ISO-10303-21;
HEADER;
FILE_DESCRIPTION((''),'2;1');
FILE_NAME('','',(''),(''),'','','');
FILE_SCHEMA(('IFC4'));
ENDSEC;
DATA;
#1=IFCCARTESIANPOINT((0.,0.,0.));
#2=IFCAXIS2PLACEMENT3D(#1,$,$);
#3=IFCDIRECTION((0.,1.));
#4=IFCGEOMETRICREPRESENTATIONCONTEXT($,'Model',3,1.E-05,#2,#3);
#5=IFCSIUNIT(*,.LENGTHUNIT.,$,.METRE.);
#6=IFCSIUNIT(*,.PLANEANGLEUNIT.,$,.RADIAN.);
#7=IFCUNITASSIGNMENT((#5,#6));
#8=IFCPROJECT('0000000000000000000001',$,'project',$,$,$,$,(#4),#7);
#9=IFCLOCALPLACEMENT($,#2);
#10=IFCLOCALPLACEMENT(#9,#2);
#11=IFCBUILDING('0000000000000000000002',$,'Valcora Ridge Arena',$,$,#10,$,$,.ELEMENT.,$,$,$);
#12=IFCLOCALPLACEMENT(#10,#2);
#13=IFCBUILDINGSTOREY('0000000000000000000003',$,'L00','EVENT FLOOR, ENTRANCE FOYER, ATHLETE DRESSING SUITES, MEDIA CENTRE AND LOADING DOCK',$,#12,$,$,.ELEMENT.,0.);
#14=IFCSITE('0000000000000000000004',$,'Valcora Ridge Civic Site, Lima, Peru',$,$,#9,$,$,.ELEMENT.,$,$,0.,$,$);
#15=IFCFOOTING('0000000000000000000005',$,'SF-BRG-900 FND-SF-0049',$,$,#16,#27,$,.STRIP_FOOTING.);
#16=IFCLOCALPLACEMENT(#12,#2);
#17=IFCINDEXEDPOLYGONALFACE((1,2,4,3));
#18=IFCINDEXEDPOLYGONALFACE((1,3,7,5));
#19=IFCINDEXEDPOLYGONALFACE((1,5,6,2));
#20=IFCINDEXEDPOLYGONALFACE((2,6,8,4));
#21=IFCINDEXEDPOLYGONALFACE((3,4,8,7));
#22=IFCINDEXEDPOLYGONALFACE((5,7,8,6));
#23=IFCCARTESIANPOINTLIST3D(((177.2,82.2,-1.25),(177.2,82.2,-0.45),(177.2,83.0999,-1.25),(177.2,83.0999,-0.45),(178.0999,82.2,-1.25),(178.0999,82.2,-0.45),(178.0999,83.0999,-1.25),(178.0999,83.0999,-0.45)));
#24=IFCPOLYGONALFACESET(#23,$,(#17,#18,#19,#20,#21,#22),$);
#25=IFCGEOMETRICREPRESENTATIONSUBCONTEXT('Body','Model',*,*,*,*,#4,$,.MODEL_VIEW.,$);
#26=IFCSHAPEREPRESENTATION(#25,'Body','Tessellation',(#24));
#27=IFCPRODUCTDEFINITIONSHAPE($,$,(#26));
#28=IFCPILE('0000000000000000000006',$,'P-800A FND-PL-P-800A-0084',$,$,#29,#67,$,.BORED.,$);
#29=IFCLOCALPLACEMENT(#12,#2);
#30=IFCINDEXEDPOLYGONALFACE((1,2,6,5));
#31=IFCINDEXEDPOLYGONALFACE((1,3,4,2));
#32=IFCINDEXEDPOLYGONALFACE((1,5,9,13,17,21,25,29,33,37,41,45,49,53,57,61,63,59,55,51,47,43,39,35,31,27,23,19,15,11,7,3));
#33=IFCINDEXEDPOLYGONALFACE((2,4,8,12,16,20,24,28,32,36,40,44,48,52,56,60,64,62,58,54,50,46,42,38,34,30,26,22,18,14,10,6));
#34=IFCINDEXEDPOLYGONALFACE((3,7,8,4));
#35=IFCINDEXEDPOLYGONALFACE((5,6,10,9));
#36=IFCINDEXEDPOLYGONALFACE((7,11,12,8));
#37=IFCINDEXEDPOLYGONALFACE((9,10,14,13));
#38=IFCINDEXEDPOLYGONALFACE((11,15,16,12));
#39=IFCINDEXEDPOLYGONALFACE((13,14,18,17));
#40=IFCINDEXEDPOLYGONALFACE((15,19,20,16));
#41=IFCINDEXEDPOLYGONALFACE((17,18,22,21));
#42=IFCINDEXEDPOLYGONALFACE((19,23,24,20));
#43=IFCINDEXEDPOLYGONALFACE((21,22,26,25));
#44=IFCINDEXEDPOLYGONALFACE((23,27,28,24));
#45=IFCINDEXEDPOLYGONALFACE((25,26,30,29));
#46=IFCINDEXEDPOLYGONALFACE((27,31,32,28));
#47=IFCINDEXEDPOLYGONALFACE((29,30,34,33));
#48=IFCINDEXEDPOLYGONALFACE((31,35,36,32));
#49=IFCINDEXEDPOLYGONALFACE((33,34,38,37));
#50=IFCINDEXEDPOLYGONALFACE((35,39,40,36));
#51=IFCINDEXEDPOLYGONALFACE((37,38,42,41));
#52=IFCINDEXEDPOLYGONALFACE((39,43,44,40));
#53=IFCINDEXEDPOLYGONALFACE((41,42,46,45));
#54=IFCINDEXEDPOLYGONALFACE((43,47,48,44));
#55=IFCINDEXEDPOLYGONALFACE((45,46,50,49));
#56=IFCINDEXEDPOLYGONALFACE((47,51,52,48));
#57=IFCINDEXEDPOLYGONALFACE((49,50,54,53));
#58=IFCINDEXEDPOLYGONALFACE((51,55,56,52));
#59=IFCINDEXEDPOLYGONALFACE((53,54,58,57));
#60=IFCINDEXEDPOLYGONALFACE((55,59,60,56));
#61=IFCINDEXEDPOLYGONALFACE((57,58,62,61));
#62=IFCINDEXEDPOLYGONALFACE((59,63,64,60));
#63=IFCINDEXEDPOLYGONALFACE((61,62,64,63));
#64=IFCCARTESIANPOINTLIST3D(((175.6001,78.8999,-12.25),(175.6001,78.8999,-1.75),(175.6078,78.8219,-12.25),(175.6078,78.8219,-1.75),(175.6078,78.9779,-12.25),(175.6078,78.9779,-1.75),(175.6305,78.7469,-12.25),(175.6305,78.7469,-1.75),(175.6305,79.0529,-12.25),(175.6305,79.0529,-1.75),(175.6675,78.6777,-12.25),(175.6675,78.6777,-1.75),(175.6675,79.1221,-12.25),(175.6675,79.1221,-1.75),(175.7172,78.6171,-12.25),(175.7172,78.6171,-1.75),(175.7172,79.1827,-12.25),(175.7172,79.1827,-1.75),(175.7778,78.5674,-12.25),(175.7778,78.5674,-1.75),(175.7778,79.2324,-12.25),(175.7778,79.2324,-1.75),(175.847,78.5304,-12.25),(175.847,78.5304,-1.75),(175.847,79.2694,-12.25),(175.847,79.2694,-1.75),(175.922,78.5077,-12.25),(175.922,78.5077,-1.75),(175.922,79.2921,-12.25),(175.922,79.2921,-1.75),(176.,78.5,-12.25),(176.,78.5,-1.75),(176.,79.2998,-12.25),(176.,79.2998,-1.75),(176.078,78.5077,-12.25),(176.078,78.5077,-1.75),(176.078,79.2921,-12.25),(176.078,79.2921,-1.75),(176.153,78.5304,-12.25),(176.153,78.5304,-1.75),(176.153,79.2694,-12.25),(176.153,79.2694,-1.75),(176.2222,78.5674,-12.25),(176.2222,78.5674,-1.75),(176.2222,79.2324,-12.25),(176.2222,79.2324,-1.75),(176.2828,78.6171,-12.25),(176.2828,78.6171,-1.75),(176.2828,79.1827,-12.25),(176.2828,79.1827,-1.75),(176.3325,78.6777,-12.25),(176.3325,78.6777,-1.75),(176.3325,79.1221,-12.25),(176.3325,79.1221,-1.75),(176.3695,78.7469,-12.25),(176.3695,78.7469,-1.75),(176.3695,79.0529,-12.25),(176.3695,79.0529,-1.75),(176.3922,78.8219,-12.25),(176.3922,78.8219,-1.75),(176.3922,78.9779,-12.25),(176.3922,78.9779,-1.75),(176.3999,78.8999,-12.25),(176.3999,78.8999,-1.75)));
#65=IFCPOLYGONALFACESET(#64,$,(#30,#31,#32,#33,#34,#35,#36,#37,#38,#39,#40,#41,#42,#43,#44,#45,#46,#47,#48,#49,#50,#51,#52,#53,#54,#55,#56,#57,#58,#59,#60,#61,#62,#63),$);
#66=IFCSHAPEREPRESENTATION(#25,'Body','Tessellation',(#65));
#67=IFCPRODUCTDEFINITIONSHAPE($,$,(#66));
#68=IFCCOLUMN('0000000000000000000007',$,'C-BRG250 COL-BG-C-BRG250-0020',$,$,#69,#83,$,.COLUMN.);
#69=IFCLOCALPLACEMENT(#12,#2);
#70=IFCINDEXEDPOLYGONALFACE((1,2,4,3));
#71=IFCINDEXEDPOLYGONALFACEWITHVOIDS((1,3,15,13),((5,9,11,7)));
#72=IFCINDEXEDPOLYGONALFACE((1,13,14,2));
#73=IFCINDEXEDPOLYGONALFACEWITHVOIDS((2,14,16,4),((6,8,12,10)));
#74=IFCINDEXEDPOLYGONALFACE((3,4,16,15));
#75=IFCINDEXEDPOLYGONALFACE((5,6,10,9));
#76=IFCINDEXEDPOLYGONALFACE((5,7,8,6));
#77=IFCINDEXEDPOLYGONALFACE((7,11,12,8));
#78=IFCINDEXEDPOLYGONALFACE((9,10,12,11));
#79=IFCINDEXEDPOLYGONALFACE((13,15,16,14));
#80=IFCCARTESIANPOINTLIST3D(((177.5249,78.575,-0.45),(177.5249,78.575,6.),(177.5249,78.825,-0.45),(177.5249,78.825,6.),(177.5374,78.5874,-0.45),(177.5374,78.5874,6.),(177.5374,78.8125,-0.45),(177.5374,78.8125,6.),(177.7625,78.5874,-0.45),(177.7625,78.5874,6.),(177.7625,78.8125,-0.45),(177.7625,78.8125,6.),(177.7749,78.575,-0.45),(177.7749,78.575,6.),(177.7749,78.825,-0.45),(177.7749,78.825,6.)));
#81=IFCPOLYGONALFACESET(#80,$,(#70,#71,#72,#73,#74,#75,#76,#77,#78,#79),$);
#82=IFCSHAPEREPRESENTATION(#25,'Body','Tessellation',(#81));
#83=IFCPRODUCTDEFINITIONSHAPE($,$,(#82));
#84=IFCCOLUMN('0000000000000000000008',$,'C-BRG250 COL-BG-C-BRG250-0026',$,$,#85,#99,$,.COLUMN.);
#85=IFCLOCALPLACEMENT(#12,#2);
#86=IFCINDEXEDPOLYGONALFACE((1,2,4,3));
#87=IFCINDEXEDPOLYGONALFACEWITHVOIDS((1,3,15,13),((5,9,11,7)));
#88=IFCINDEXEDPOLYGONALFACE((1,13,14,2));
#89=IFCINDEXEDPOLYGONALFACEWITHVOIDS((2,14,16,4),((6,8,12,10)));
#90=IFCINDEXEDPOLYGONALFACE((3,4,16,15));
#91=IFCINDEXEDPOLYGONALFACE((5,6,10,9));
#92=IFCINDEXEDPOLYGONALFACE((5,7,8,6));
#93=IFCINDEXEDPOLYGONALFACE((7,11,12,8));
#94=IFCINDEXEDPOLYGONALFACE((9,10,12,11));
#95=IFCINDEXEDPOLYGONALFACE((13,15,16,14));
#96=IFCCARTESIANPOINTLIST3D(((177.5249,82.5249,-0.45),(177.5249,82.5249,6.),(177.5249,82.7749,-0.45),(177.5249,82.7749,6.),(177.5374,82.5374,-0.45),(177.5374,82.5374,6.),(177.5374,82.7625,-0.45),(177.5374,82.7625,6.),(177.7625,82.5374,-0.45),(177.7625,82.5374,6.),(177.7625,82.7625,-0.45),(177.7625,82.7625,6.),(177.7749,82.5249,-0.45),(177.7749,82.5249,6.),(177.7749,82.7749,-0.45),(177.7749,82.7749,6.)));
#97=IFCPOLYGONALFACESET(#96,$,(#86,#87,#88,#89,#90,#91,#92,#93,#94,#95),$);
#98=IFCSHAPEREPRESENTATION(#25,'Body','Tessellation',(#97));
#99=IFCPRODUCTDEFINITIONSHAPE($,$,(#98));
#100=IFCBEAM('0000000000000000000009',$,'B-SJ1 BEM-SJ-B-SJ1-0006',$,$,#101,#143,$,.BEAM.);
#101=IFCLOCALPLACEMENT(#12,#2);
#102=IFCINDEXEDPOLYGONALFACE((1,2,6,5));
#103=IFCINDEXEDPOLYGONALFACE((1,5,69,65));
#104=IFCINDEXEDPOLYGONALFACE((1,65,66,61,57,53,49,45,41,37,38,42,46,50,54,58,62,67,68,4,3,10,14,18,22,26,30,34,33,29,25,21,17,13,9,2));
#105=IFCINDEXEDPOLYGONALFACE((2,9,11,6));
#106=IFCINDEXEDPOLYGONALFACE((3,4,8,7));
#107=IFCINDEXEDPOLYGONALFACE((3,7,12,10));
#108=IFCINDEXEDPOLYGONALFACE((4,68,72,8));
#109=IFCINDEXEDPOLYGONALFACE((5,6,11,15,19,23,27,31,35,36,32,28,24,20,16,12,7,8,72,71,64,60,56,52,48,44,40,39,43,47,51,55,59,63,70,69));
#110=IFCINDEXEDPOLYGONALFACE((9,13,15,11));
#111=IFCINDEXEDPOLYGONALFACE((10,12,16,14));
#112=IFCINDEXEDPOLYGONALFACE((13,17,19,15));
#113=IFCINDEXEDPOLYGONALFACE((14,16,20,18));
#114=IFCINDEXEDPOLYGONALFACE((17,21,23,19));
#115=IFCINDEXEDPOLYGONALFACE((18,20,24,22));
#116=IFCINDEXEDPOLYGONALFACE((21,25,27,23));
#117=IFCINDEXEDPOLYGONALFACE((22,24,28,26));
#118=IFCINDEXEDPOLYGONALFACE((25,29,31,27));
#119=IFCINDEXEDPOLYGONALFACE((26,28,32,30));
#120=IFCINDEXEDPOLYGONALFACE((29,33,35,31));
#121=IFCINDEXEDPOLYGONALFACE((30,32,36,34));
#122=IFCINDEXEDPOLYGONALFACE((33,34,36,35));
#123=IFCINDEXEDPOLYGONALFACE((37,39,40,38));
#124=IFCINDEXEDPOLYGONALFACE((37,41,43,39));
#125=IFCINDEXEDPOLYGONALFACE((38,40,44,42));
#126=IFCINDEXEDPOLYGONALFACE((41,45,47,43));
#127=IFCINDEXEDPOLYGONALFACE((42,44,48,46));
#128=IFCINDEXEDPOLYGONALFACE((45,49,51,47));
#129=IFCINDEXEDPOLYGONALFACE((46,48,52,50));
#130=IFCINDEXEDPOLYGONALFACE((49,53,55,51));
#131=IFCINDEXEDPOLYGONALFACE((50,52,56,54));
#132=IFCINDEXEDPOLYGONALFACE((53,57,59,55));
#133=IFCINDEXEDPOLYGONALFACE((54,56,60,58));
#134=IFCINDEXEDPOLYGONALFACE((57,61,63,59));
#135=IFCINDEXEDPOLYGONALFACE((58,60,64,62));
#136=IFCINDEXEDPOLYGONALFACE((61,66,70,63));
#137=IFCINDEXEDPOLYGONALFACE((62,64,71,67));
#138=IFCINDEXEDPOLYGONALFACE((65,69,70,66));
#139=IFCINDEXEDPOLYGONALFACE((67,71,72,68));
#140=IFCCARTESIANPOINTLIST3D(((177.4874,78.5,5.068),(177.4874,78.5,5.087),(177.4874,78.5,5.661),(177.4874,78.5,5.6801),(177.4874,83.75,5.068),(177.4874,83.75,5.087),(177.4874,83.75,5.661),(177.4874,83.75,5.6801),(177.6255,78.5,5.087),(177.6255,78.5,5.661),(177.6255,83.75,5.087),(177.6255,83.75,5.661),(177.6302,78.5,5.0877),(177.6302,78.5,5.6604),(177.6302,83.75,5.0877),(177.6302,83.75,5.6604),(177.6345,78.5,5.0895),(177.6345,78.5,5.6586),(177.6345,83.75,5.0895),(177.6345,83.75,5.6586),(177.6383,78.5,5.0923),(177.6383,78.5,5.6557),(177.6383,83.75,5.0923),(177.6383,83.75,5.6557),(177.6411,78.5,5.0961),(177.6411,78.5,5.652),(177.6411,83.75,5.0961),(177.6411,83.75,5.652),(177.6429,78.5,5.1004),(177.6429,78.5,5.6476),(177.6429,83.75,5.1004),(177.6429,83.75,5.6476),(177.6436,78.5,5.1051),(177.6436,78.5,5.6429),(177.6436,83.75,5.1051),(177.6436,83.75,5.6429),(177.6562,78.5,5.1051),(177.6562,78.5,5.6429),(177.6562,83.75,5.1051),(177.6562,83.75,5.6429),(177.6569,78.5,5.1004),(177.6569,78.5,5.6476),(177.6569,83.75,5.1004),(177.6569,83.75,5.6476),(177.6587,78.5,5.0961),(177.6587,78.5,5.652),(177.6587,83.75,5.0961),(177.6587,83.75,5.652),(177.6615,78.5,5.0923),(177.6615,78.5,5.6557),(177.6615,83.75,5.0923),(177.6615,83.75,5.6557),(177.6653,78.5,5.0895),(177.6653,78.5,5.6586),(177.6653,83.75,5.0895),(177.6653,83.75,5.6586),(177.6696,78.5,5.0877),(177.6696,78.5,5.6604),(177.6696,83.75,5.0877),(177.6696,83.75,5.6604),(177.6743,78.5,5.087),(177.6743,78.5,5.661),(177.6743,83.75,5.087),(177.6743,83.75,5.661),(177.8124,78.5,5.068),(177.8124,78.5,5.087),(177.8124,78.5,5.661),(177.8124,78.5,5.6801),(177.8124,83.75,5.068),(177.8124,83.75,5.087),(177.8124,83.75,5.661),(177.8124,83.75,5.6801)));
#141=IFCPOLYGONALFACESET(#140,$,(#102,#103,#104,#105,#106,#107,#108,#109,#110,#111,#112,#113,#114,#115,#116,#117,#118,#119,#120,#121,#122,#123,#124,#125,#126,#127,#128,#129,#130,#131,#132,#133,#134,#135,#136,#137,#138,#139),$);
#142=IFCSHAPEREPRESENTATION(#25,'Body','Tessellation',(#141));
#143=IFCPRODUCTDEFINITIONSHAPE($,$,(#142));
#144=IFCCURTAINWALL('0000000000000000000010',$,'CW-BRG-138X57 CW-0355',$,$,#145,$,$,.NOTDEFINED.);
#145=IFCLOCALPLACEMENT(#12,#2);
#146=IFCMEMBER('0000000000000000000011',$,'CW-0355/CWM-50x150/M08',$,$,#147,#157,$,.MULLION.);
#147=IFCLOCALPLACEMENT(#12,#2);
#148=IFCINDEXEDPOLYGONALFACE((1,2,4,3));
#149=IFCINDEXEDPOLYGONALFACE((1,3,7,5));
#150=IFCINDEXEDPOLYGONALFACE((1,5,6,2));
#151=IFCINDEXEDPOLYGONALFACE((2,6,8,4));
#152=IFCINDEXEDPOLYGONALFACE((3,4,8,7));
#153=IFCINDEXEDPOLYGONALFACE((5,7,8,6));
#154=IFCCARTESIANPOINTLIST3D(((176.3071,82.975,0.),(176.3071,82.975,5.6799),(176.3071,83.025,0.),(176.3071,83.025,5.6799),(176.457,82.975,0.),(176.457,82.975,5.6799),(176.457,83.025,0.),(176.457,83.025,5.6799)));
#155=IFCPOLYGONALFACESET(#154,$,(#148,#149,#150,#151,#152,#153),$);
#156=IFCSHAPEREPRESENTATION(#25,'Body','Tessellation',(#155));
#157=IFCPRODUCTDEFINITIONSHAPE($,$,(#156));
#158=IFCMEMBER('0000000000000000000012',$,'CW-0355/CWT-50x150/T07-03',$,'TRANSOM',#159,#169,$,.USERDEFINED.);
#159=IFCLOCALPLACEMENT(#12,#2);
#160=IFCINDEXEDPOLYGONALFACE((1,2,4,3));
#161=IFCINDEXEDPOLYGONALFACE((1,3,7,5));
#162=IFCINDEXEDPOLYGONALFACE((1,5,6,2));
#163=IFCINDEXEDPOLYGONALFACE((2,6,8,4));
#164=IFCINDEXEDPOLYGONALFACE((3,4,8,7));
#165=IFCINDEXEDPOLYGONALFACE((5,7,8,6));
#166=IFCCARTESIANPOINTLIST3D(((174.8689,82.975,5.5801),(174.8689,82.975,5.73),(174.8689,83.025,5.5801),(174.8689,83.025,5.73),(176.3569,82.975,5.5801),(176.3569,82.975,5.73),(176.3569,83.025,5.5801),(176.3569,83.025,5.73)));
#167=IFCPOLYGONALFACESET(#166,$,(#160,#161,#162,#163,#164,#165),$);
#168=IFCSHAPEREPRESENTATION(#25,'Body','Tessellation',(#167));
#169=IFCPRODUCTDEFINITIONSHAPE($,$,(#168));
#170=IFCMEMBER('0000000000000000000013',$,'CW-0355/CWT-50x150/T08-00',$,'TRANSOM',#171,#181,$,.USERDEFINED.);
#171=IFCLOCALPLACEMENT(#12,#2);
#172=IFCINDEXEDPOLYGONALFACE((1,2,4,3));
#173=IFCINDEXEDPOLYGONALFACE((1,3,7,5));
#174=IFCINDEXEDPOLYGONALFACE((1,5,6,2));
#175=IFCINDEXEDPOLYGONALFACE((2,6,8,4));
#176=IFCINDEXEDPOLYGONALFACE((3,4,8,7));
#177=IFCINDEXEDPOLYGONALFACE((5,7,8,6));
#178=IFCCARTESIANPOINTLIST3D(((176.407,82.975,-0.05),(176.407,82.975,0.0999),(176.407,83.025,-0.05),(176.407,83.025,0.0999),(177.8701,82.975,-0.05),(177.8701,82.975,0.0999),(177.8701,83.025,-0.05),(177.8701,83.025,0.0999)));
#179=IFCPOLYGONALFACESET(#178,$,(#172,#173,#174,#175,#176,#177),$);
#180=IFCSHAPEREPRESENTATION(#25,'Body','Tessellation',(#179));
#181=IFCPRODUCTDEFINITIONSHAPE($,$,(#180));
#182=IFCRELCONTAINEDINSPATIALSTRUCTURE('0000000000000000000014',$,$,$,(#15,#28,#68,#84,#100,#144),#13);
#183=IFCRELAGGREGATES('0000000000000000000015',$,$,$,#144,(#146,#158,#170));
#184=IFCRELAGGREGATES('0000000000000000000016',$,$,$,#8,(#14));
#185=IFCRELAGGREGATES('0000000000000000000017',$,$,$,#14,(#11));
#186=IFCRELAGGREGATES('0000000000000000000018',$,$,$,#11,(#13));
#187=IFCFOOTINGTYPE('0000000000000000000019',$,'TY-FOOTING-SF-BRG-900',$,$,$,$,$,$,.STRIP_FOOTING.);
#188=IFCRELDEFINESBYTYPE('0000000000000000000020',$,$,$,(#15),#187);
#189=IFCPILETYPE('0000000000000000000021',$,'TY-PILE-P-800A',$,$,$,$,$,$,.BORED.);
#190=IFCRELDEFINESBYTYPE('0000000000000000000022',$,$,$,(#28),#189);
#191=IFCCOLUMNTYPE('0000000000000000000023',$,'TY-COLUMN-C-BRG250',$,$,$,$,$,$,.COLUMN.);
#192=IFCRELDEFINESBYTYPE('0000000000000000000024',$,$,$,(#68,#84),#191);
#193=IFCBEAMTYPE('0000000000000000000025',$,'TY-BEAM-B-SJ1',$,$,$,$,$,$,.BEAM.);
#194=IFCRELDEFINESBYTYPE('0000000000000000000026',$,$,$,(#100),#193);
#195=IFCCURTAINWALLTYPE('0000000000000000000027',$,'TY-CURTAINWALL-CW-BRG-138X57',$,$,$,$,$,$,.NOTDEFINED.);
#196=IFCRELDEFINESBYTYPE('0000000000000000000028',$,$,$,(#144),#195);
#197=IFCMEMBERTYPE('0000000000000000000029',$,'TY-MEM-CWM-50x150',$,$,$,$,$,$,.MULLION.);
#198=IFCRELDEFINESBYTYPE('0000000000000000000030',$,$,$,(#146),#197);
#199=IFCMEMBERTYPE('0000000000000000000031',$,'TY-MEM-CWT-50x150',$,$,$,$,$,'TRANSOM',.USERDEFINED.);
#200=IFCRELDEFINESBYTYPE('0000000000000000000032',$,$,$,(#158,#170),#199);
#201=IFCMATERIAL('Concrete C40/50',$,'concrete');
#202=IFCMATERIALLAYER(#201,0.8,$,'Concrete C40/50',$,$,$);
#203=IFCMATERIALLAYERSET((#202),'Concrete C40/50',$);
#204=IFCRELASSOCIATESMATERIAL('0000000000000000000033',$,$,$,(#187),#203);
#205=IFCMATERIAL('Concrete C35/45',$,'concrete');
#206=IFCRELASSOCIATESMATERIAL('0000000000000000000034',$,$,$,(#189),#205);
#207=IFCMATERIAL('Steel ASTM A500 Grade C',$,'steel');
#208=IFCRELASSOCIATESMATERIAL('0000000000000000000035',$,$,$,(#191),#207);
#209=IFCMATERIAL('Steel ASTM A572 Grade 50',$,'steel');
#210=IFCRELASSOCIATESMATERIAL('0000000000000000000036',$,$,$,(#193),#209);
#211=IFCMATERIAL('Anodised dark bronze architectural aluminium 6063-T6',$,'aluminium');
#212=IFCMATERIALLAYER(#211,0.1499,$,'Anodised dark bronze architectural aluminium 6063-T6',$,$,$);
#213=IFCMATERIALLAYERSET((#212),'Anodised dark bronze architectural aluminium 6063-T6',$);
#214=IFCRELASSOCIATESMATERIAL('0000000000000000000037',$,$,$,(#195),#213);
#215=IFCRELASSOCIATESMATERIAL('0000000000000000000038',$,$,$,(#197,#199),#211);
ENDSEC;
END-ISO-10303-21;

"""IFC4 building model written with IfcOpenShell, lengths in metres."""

from ifc_helpers import new_model, si_unit, direction, frame, origin, origin_2d, place, context, subcontext, project, spatial, rectangle, hollow_rectangle, circle, i_section, extrude, material, layer, layer_set, material_profile, profile_set, type_object, element, aggregate, save


model = new_model("IFC4")

# Units and contexts
model_context = context("Model", 3, precision=1e-05, world=origin(), true_north=direction((0.0, 1.0)))
body_context = subcontext(model_context, "Body", "Model", "MODEL_VIEW")
ifc_project = project(units=[si_unit("LENGTHUNIT", "METRE"), si_unit("PLANEANGLEUNIT", "RADIAN")], contexts=[model_context])

# Site, building, storey
site_placement = place(None, origin())
site = spatial("IfcSite", under=ifc_project, at=site_placement, Name="Valcora Ridge Civic Site, Lima, Peru", CompositionType="ELEMENT", RefElevation=0.0)
building_placement = place(site_placement, origin())
building = spatial("IfcBuilding", under=site, at=building_placement, Name="Valcora Ridge Arena", CompositionType="ELEMENT")
storey_placement = place(building_placement, origin())
storey = spatial("IfcBuildingStorey", under=building, at=storey_placement, Name="L00", Description="EVENT FLOOR, ENTRANCE FOYER, ATHLETE DRESSING SUITES, MEDIA CENTRE AND LOADING DOCK", CompositionType="ELEMENT", Elevation=0.0)

# Footing
ifc_material_1 = material(Name="Concrete C40/50", Category="concrete")
ifc_layer_1 = layer(ifc_material_1, 0.8, Name="Concrete C40/50")
ifc_layer_set_1 = layer_set([ifc_layer_1], Name="Concrete C40/50")
footing_type = type_object("IfcFootingType", Name="TY-FOOTING-SF-BRG-900", PredefinedType="STRIP_FOOTING", material=ifc_layer_set_1)
footing_placement = place(storey_placement, frame((177.6499, 82.6499, -1.25), z_axis=(0.0, 0.0, 1.0), x_axis=(1.0, 0.0, 0.0)))
element("IfcFooting", 1, at=footing_placement, inside=storey, type_object=footing_type, Name="SF-BRG-900 FND-SF-0049", PredefinedType="STRIP_FOOTING", context=body_context, shape_type="SweptSolid", body=[
    extrude(rectangle(XDim=0.8999, YDim=0.8999, at=origin_2d()), origin(), (0.0, 0.0, 1.0), 0.8),
])

# Pile
ifc_material_2 = material(Name="Concrete C35/45", Category="concrete")
ifc_material_profile_1 = material_profile(ifc_material_2, circle(Radius=0.3999, at=origin_2d()), Name="BORED PILE D800")
ifc_profile_set_1 = profile_set([ifc_material_profile_1], Name="Concrete C35/45")
pile_type = type_object("IfcPileType", Name="TY-PILE-P-800A", PredefinedType="BORED", material=ifc_profile_set_1)
pile_placement = place(storey_placement, frame((176.0, 78.8999, -1.75), z_axis=(0.0, 0.0, -1.0), x_axis=(1.0, 0.0, 0.0)))
element("IfcPile", 2, at=pile_placement, inside=storey, type_object=pile_type, Name="P-800A FND-PL-P-800A-0084", PredefinedType="BORED", context=body_context, shape_type="SweptSolid", body=[
    extrude(circle(Radius=0.3999, at=origin_2d()), origin(), (0.0, 0.0, 1.0), 10.5),
])

# Columns
ifc_material_3 = material(Name="Steel ASTM A500 Grade C", Category="steel")
ifc_material_profile_2 = material_profile(ifc_material_3, hollow_rectangle(XDim=0.25, YDim=0.25, WallThickness=0.0125, at=origin_2d()), Name="HSS250X250X12")
ifc_profile_set_2 = profile_set([ifc_material_profile_2], Name="Steel ASTM A500 Grade C")
column_type = type_object("IfcColumnType", Name="TY-COLUMN-C-BRG250", PredefinedType="COLUMN", material=ifc_profile_set_2)
for number, where, z_axis, x_axis, name in (
    (3, (177.6499, 78.7, -0.45), (0.0, 0.0, 1.0), (1.0, 0.0, 0.0), "C-BRG250 COL-BG-C-BRG250-0020"),
    (4, (177.6499, 82.6499, -0.45), (0.0, 0.0, 1.0), (1.0, 0.0, 0.0), "C-BRG250 COL-BG-C-BRG250-0026"),
):
    element("IfcColumn", number, at=place(storey_placement, frame(where, z_axis=z_axis, x_axis=x_axis)), inside=storey, type_object=column_type, Name=name, PredefinedType="COLUMN", context=body_context, shape_type="SweptSolid", body=[
        extrude(hollow_rectangle(XDim=0.25, YDim=0.25, WallThickness=0.0125, at=origin_2d()), origin(), (0.0, 0.0, 1.0), 6.45),
    ])

# Beam
ifc_material_4 = material(Name="Steel ASTM A572 Grade 50", Category="steel")
ifc_material_profile_3 = material_profile(ifc_material_4, i_section(OverallWidth=0.325, OverallDepth=0.6121, WebThickness=0.0127, FlangeThickness=0.019, FilletRadius=0.0181, at=origin_2d()), Name="W24X104")
ifc_profile_set_3 = profile_set([ifc_material_profile_3], Name="Steel ASTM A572 Grade 50")
beam_type = type_object("IfcBeamType", Name="TY-BEAM-B-SJ1", PredefinedType="BEAM", material=ifc_profile_set_3)
beam_placement = place(storey_placement, frame((177.6499, 78.5, 5.374), z_axis=(0.0, 1.0, 0.0), x_axis=(-1.0, 0.0, 0.0)))
element("IfcBeam", 5, at=beam_placement, inside=storey, type_object=beam_type, Name="B-SJ1 BEM-SJ-B-SJ1-0006", PredefinedType="BEAM", context=body_context, shape_type="SweptSolid", body=[
    extrude(i_section(OverallWidth=0.325, OverallDepth=0.6121, WebThickness=0.0127, FlangeThickness=0.019, FilletRadius=0.0181, at=origin_2d()), origin(), (0.0, 0.0, 1.0), 5.25),
])

# Curtain wall, members
ifc_material_5 = material(Name="Anodised dark bronze architectural aluminium 6063-T6", Category="aluminium")
ifc_layer_2 = layer(ifc_material_5, 0.1499, Name="Anodised dark bronze architectural aluminium 6063-T6")
ifc_layer_set_2 = layer_set([ifc_layer_2], Name="Anodised dark bronze architectural aluminium 6063-T6")
curtain_wall_type = type_object("IfcCurtainWallType", Name="TY-CURTAINWALL-CW-BRG-138X57", PredefinedType="NOTDEFINED", material=ifc_layer_set_2)
curtain_wall_1_placement = place(storey_placement, origin())
curtain_wall_1 = element("IfcCurtainWall", 6, at=curtain_wall_1_placement, inside=storey, type_object=curtain_wall_type, Name="CW-BRG-138X57 CW-0355", PredefinedType="NOTDEFINED")
ifc_material_profile_4 = material_profile(ifc_material_5, rectangle(XDim=0.05, YDim=0.1499, at=origin_2d()), Name="ALU MULLION 50x150")
ifc_profile_set_4 = profile_set([ifc_material_profile_4], Name="Anodised dark bronze architectural aluminium 6063-T6")
member_type_1 = type_object("IfcMemberType", Name="TY-MEM-CWM-50x150", PredefinedType="MULLION", material=ifc_profile_set_4)
member_1_placement = place(storey_placement, frame((176.3821, 83.0, 0.0), z_axis=(0.0, 0.0, 1.0), x_axis=(0.0, 1.0, 0.0)))
member_1 = element("IfcMember", 7, at=member_1_placement, type_object=member_type_1, Name="CW-0355/CWM-50x150/M08", PredefinedType="MULLION", context=body_context, shape_type="SweptSolid", body=[
    extrude(rectangle(XDim=0.05, YDim=0.1499, at=origin_2d()), origin(), (0.0, 0.0, 1.0), 5.6799),
])
ifc_material_profile_5 = material_profile(ifc_material_5, rectangle(XDim=0.05, YDim=0.1499, at=origin_2d()), Name="ALU TRANSOM 50x150")
ifc_profile_set_5 = profile_set([ifc_material_profile_5], Name="Anodised dark bronze architectural aluminium 6063-T6")
member_type_2 = type_object("IfcMemberType", Name="TY-MEM-CWT-50x150", ElementType="TRANSOM", PredefinedType="USERDEFINED", material=ifc_profile_set_5)
member_2_placement = place(storey_placement, frame((174.8689, 83.0, 5.655), z_axis=(1.0, 0.0, 0.0), x_axis=(0.0, 1.0, 0.0)))
member_2 = element("IfcMember", 8, at=member_2_placement, type_object=member_type_2, Name="CW-0355/CWT-50x150/T07-03", ObjectType="TRANSOM", PredefinedType="USERDEFINED", context=body_context, shape_type="SweptSolid", body=[
    extrude(rectangle(XDim=0.05, YDim=0.1499, at=origin_2d()), origin(), (0.0, 0.0, 1.0), 1.488),
])
member_3_placement = place(storey_placement, frame((176.407, 83.0, 0.0249), z_axis=(1.0, 0.0, 0.0), x_axis=(0.0, 1.0, 0.0)))
member_3 = element("IfcMember", 9, at=member_3_placement, type_object=member_type_2, Name="CW-0355/CWT-50x150/T08-00", ObjectType="TRANSOM", PredefinedType="USERDEFINED", context=body_context, shape_type="SweptSolid", body=[
    extrude(rectangle(XDim=0.05, YDim=0.1499, at=origin_2d()), origin(), (0.0, 0.0, 1.0), 1.4631),
])

aggregate(curtain_wall_1, [member_1, member_2, member_3])

save(model, "model.ifc")
